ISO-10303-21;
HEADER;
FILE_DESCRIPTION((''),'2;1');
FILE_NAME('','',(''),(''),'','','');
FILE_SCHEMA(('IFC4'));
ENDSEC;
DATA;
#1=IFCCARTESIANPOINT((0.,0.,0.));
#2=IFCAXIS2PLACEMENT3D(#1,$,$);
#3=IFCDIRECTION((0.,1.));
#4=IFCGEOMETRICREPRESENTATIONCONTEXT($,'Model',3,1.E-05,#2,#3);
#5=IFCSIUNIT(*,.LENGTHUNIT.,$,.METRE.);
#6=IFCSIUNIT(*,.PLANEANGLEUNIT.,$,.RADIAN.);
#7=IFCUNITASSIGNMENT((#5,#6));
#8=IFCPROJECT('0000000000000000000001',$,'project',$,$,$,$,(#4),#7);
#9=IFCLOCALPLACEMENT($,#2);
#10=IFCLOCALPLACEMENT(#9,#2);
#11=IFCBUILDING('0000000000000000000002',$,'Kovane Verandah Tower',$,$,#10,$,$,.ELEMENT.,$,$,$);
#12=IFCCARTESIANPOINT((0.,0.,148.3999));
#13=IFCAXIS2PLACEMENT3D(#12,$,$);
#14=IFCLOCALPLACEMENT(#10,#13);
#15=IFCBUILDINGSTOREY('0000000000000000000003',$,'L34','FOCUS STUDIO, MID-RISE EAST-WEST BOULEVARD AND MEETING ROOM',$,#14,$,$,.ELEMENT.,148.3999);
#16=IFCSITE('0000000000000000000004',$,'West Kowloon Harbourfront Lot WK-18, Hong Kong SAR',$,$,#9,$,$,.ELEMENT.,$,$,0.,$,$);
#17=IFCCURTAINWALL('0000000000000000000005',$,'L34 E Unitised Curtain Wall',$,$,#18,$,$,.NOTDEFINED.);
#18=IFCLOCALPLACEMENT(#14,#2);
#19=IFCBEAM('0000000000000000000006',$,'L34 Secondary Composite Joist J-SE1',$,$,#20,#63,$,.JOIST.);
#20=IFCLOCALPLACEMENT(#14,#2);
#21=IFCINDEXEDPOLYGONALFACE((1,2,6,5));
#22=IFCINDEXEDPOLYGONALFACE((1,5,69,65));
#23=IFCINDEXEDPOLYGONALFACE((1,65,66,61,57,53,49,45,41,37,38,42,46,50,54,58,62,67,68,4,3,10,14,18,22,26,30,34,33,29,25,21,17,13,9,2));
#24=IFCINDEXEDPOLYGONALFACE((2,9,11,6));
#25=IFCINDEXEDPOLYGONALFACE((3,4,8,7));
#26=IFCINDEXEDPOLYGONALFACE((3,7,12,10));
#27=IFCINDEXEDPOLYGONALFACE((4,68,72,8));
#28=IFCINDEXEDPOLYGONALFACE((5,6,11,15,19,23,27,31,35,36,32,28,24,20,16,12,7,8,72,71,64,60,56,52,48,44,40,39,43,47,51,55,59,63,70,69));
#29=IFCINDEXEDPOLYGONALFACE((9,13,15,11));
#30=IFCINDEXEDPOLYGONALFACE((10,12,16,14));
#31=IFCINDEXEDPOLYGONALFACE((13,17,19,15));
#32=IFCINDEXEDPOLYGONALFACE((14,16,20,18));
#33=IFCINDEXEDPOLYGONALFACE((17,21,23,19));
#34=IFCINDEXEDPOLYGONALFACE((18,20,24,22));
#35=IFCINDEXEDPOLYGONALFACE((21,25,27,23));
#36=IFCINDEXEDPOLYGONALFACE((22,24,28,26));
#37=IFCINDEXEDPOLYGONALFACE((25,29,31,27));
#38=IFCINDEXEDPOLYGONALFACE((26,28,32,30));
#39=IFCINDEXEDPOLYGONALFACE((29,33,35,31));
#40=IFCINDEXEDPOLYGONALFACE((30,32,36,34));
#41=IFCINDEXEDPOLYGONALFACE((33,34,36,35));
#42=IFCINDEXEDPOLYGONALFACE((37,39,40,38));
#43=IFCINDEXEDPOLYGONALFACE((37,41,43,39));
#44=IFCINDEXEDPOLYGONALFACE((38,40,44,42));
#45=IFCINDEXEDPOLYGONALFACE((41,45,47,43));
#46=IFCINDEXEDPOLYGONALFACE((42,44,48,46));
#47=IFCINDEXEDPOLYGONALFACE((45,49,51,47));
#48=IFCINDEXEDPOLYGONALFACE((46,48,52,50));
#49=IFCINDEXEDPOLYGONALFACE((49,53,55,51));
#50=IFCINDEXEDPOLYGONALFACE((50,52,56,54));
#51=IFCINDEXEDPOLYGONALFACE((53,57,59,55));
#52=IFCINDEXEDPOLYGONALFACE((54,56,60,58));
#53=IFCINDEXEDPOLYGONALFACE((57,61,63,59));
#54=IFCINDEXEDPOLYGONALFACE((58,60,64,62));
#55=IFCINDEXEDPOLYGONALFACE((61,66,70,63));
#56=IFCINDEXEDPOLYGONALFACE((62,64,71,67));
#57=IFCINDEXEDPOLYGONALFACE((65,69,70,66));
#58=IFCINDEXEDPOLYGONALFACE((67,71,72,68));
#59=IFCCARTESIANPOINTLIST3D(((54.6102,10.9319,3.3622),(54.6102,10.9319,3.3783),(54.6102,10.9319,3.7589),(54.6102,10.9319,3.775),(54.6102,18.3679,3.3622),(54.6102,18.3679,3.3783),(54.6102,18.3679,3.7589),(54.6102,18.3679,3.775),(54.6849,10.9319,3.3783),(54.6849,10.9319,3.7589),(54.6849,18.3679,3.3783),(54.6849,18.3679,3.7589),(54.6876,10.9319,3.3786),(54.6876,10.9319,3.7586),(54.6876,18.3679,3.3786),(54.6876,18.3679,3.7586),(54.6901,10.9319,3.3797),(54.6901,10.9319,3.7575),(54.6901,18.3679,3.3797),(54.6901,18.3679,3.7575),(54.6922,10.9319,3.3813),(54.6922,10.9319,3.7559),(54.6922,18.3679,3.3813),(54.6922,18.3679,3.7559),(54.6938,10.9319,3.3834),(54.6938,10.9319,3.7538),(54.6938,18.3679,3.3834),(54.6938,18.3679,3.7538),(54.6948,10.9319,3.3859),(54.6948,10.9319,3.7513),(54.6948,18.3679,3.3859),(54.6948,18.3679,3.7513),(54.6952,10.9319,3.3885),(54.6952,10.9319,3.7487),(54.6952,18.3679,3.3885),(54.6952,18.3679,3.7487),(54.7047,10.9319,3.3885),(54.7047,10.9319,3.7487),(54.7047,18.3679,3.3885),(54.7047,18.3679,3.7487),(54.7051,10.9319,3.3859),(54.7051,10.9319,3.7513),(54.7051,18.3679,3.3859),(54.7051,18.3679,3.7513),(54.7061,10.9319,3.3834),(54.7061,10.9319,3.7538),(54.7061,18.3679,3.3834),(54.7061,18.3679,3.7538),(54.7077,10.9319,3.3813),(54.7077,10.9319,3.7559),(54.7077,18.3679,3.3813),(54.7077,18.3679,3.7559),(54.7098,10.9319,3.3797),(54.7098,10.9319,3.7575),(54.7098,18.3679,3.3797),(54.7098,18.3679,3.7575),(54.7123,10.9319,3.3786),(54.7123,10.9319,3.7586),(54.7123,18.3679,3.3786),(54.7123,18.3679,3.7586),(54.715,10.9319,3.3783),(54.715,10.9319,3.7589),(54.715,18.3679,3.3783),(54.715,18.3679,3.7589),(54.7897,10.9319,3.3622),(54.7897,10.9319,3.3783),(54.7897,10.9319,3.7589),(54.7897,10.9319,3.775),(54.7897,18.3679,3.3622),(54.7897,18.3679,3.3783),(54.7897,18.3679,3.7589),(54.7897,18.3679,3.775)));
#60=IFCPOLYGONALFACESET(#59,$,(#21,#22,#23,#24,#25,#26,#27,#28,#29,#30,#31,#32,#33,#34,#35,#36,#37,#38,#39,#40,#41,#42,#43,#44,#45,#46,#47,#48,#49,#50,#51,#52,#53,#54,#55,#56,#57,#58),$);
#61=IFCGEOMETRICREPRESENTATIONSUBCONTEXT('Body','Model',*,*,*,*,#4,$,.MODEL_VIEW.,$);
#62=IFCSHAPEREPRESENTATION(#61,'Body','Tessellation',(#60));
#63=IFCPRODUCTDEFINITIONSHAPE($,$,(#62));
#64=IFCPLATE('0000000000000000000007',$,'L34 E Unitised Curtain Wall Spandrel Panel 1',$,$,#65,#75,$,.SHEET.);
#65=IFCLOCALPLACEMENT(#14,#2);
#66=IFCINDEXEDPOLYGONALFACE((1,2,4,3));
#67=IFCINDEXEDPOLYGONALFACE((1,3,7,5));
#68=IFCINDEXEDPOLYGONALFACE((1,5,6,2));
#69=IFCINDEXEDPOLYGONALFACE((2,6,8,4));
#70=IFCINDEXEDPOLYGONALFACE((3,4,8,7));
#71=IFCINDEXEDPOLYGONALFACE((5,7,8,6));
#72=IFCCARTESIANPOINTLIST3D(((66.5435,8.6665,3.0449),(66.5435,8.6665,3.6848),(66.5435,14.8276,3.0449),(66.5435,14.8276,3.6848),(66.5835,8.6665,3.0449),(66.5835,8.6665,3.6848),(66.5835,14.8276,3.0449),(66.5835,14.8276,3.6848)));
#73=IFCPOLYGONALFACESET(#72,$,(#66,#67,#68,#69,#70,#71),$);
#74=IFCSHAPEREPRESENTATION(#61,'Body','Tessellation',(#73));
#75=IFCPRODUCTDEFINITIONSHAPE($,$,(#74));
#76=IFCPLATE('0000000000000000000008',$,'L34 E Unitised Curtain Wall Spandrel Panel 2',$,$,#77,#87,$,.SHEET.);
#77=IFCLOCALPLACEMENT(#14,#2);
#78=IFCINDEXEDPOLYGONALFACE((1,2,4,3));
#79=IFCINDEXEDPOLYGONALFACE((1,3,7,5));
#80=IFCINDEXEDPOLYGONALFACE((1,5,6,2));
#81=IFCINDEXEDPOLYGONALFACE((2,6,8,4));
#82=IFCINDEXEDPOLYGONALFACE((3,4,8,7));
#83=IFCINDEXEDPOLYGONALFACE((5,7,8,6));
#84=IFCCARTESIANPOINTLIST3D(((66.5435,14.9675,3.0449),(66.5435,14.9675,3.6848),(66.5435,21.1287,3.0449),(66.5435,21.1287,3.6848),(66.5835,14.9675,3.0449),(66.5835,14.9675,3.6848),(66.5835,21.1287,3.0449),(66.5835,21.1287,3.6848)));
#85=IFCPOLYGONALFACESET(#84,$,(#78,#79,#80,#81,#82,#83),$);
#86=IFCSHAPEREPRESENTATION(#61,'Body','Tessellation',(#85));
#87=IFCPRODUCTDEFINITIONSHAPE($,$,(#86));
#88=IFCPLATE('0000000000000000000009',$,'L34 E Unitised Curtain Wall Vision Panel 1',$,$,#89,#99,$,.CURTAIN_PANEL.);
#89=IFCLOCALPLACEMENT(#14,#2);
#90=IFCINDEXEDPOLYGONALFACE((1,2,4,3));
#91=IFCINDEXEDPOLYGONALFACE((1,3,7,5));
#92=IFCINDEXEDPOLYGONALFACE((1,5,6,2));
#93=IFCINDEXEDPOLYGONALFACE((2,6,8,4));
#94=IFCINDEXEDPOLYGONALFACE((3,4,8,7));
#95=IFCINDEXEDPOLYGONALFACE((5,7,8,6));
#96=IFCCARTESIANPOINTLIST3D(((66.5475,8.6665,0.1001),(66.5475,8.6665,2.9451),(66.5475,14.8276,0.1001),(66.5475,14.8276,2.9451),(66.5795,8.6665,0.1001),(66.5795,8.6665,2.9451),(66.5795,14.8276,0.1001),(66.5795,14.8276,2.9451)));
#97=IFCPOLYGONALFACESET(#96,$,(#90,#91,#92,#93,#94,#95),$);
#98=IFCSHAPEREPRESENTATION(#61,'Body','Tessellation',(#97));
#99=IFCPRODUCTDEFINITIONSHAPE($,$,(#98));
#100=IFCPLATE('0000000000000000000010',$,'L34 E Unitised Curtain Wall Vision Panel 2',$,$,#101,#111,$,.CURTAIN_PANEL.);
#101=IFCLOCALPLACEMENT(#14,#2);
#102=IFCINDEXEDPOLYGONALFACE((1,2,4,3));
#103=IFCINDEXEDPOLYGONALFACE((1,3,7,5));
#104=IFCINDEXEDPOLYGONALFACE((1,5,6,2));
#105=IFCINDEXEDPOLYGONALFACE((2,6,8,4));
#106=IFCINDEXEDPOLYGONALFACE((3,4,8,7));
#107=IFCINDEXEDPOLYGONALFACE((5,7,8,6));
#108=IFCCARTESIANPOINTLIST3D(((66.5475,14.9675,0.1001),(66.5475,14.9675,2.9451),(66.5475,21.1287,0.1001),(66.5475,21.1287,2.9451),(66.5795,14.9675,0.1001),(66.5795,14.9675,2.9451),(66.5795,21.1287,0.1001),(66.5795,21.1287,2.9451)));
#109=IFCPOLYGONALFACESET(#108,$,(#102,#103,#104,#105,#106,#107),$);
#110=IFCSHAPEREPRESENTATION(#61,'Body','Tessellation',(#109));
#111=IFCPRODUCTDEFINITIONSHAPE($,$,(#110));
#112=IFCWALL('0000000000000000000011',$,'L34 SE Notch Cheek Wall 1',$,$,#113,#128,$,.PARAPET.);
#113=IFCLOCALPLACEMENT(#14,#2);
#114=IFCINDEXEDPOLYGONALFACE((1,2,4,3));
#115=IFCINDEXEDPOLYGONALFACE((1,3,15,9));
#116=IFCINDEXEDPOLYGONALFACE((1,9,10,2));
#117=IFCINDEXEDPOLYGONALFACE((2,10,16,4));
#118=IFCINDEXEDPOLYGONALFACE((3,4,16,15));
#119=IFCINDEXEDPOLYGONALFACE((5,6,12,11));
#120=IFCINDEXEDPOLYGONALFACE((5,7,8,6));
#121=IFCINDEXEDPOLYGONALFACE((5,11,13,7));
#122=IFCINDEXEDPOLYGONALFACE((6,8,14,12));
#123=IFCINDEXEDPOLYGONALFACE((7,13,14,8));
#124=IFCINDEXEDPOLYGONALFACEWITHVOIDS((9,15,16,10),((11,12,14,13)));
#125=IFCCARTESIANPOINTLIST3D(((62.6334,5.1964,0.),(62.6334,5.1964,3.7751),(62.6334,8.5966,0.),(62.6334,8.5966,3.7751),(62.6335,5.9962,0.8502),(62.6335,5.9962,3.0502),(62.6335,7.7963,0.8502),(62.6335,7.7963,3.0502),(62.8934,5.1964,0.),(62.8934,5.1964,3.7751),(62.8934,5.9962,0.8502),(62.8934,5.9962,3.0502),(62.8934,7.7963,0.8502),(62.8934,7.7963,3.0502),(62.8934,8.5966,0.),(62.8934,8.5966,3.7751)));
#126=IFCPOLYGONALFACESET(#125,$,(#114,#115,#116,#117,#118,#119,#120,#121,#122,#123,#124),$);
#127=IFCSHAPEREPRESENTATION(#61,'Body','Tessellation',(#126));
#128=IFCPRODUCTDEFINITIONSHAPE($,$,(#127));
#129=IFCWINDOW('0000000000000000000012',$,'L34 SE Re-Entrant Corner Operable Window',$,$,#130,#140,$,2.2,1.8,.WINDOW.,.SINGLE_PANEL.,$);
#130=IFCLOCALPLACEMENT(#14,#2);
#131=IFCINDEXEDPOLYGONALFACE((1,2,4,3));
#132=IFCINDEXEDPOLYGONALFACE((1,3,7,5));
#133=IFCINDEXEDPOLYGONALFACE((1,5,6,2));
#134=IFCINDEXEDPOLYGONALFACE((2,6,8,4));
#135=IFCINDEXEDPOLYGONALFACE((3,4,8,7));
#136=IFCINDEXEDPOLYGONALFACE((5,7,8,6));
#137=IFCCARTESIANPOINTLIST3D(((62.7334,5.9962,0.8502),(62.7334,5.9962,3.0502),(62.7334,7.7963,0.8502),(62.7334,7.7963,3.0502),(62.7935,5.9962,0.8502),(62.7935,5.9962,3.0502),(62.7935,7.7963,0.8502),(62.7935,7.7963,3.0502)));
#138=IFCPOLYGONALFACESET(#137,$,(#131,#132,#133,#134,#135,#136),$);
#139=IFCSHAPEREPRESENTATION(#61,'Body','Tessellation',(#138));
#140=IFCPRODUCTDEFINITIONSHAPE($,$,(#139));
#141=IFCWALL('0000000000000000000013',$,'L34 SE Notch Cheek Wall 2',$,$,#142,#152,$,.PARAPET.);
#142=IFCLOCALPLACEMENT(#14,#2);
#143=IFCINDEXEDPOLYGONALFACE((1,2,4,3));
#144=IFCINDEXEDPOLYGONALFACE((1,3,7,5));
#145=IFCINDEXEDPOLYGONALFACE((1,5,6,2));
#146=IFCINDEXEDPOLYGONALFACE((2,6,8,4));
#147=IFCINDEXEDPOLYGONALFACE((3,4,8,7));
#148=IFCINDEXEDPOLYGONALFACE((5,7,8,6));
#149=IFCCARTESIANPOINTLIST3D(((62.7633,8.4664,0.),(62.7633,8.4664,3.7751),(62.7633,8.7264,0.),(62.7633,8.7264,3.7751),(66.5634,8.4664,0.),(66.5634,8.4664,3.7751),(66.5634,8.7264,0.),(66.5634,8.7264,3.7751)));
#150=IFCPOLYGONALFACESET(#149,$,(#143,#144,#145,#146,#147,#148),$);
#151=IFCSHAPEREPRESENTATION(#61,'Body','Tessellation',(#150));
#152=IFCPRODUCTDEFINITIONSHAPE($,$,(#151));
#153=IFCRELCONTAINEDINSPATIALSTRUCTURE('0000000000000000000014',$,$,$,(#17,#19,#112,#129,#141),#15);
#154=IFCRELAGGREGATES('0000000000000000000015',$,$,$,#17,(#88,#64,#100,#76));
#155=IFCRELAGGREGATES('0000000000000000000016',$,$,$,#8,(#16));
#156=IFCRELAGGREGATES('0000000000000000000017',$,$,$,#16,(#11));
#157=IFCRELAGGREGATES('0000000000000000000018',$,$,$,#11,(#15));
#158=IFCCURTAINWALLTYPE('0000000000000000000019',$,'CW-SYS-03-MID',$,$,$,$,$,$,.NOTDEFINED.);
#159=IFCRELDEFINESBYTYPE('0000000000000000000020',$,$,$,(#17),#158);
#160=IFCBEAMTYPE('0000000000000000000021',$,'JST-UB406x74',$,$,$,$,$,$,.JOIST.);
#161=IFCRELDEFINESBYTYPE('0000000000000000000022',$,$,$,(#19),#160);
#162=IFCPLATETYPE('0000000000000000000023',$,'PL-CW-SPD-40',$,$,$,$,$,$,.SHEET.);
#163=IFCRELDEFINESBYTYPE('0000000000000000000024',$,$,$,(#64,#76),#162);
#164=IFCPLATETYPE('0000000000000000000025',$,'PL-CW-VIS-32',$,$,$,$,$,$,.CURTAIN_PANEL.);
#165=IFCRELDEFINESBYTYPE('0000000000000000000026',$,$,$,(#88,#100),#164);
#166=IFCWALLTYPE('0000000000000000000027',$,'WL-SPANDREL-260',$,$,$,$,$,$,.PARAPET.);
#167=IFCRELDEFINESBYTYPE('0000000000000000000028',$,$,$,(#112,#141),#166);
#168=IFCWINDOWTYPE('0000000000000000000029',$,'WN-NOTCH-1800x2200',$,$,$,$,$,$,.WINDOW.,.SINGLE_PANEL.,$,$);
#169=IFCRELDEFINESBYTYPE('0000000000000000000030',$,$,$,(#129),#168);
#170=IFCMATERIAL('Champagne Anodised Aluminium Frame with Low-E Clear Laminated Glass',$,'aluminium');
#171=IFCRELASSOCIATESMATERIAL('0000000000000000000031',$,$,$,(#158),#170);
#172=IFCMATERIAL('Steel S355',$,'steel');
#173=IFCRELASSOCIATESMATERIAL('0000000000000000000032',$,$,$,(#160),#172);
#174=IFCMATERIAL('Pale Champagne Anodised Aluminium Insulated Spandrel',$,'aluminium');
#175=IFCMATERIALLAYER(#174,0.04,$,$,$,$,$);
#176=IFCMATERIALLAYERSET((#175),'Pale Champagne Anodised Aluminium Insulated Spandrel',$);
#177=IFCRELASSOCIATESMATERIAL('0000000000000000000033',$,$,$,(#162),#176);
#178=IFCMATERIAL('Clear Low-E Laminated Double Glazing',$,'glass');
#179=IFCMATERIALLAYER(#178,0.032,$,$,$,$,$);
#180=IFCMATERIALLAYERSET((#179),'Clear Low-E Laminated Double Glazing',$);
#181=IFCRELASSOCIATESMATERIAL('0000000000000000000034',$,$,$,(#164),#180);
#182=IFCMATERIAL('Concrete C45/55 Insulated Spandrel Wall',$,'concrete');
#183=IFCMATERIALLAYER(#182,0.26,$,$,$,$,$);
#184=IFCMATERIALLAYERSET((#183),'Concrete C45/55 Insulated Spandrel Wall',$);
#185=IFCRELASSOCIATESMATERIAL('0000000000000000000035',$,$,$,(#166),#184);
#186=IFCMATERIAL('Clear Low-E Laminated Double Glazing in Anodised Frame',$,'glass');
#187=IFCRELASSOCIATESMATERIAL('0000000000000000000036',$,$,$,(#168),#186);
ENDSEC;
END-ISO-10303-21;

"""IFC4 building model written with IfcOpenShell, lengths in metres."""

from ifc_helpers import new_model, si_unit, direction, frame, frame_2d, origin, origin_2d, place, context, subcontext, project, spatial, rectangle, i_section, extrude, material, layer, layer_set, material_profile, profile_set, type_object, element, fill, aggregate, save


model = new_model("IFC4")

# Units and contexts
model_context = context("Model", 3, precision=1e-05, world=origin(), true_north=direction((0.0, 1.0)))
body_context = subcontext(model_context, "Body", "Model", "MODEL_VIEW")
ifc_project = project(units=[si_unit("LENGTHUNIT", "METRE"), si_unit("PLANEANGLEUNIT", "RADIAN")], contexts=[model_context])

# Site, building, storey
site_placement = place(None, origin())
site = spatial("IfcSite", under=ifc_project, at=site_placement, Name="West Kowloon Harbourfront Lot WK-18, Hong Kong SAR", CompositionType="ELEMENT", RefElevation=0.0)
building_placement = place(site_placement, origin())
building = spatial("IfcBuilding", under=site, at=building_placement, Name="Kovane Verandah Tower", CompositionType="ELEMENT")
storey_placement = place(building_placement, frame((0.0, 0.0, 148.3999)))
storey = spatial("IfcBuildingStorey", under=building, at=storey_placement, Name="L34", Description="FOCUS STUDIO, MID-RISE EAST-WEST BOULEVARD AND MEETING ROOM", CompositionType="ELEMENT", Elevation=148.3999)

# Shared definitions
ifc_material_1 = material(Name="Steel S355", Category="steel")

# Curtain wall
ifc_material_2 = material(Name="Champagne Anodised Aluminium Frame with Low-E Clear Laminated Glass", Category="aluminium")
curtain_wall_type = type_object("IfcCurtainWallType", Name="CW-SYS-03-MID", PredefinedType="NOTDEFINED", material=ifc_material_2)
curtain_wall_placement = place(storey_placement, origin())
curtain_wall = element("IfcCurtainWall", 1, at=curtain_wall_placement, inside=storey, type_object=curtain_wall_type, Name="L34 E Unitised Curtain Wall", PredefinedType="NOTDEFINED")

# Beam
ifc_material_profile_1 = material_profile(ifc_material_1, i_section(OverallWidth=0.1794, OverallDepth=0.4128, WebThickness=0.0095, FlangeThickness=0.0161, FilletRadius=0.0103, at=origin_2d()), Name="UB406x178x74")
ifc_profile_set_1 = profile_set([ifc_material_profile_1], Name="Steel S355")
beam_type_1 = type_object("IfcBeamType", Name="JST-UB406x74", PredefinedType="JOIST", material=ifc_profile_set_1)
beam_1_placement = place(storey_placement, frame((54.7, 10.9319, 3.5686), z_axis=(0.0, 1.0, 0.0), x_axis=(-1.0, 0.0, 0.0)))
element("IfcBeam", 2, at=beam_1_placement, inside=storey, type_object=beam_type_1, Name="L34 Secondary Composite Joist J-SE1", PredefinedType="JOIST", context=body_context, shape_type="SweptSolid", body=[
    extrude(i_section(OverallWidth=0.1794, OverallDepth=0.4128, WebThickness=0.0095, FlangeThickness=0.0161, FilletRadius=0.0103, at=origin_2d()), origin(), (0.0, 0.0, 1.0), 7.436),
])

# Plates
ifc_material_3 = material(Name="Pale Champagne Anodised Aluminium Insulated Spandrel", Category="aluminium")
ifc_layer_1 = layer(ifc_material_3, 0.04)
ifc_layer_set_1 = layer_set([ifc_layer_1], Name="Pale Champagne Anodised Aluminium Insulated Spandrel")
plate_type_1 = type_object("IfcPlateType", Name="PL-CW-SPD-40", PredefinedType="SHEET", material=ifc_layer_set_1)
plate_1_placement = place(storey_placement, frame((66.5635, 11.7471, 3.0449), z_axis=(0.0, 0.0, 1.0), x_axis=(0.0, 1.0, 0.0)))
plate_1 = element("IfcPlate", 3, at=plate_1_placement, type_object=plate_type_1, Name="L34 E Unitised Curtain Wall Spandrel Panel 1", PredefinedType="SHEET", context=body_context, shape_type="SweptSolid", body=[
    extrude(rectangle(XDim=6.1611, YDim=0.04, at=origin_2d()), origin(), (0.0, 0.0, 1.0), 0.6399),
])
plate_2_placement = place(storey_placement, frame((66.5635, 18.0481, 3.0449), z_axis=(0.0, 0.0, 1.0), x_axis=(0.0, 1.0, 0.0)))
plate_2 = element("IfcPlate", 4, at=plate_2_placement, type_object=plate_type_1, Name="L34 E Unitised Curtain Wall Spandrel Panel 2", PredefinedType="SHEET", context=body_context, shape_type="SweptSolid", body=[
    extrude(rectangle(XDim=6.1611, YDim=0.04, at=origin_2d()), origin(), (0.0, 0.0, 1.0), 0.6399),
])
ifc_material_4 = material(Name="Clear Low-E Laminated Double Glazing", Category="glass")
ifc_layer_2 = layer(ifc_material_4, 0.032)
ifc_layer_set_2 = layer_set([ifc_layer_2], Name="Clear Low-E Laminated Double Glazing")
plate_type_2 = type_object("IfcPlateType", Name="PL-CW-VIS-32", PredefinedType="CURTAIN_PANEL", material=ifc_layer_set_2)
plate_3_placement = place(storey_placement, frame((66.5635, 11.7471, 0.1001), z_axis=(0.0, 0.0, 1.0), x_axis=(0.0, 1.0, 0.0)))
plate_3 = element("IfcPlate", 5, at=plate_3_placement, type_object=plate_type_2, Name="L34 E Unitised Curtain Wall Vision Panel 1", PredefinedType="CURTAIN_PANEL", context=body_context, shape_type="SweptSolid", body=[
    extrude(rectangle(XDim=6.1611, YDim=0.032, at=origin_2d()), origin(), (0.0, 0.0, 1.0), 2.845),
])
plate_4_placement = place(storey_placement, frame((66.5635, 18.0481, 0.1001), z_axis=(0.0, 0.0, 1.0), x_axis=(0.0, 1.0, 0.0)))
plate_4 = element("IfcPlate", 6, at=plate_4_placement, type_object=plate_type_2, Name="L34 E Unitised Curtain Wall Vision Panel 2", PredefinedType="CURTAIN_PANEL", context=body_context, shape_type="SweptSolid", body=[
    extrude(rectangle(XDim=6.1611, YDim=0.032, at=origin_2d()), origin(), (0.0, 0.0, 1.0), 2.845),
])
aggregate(curtain_wall, [plate_3, plate_1, plate_4, plate_2])

# Wall, opening, window
ifc_material_5 = material(Name="Concrete C45/55 Insulated Spandrel Wall", Category="concrete")
ifc_layer_3 = layer(ifc_material_5, 0.26)
ifc_layer_set_3 = layer_set([ifc_layer_3], Name="Concrete C45/55 Insulated Spandrel Wall")
wall_type = type_object("IfcWallType", Name="WL-SPANDREL-260", PredefinedType="PARAPET", material=ifc_layer_set_3)
wall_1_placement = place(storey_placement, frame((62.7634, 5.1963, 0.0), z_axis=(0.0, 0.0, 1.0), x_axis=(0.0, 1.0, 0.0)))
wall_1 = element("IfcWall", 7, at=wall_1_placement, inside=storey, type_object=wall_type, Name="L34 SE Notch Cheek Wall 1", PredefinedType="PARAPET", context=body_context, shape_type="SweptSolid", body=[
    extrude(rectangle(XDim=3.4001, YDim=0.26, at=frame_2d((1.7002, 0.0))), origin(), (0.0, 0.0, 1.0), 3.7751),
])
opening_placement = place(wall_1_placement, frame((0.8, 0.0, 0.8501)))
opening = element("IfcOpeningElement", 8, at=opening_placement, cuts=wall_1, PredefinedType="OPENING", context=body_context, shape_type="SweptSolid", body=[
    extrude(rectangle(XDim=1.8, YDim=2.2, at=frame_2d((0.8999, 1.1001))), frame((0.0, 0.1299, 0.0), z_axis=(0.0, -1.0, 0.0), x_axis=(1.0, 0.0, 0.0)), (0.0, 0.0, 1.0), 0.26),
])
ifc_material_6 = material(Name="Clear Low-E Laminated Double Glazing in Anodised Frame", Category="glass")
window_type = type_object("IfcWindowType", Name="WN-NOTCH-1800x2200", PartitioningType="SINGLE_PANEL", PredefinedType="WINDOW", material=ifc_material_6)
window_placement = place(opening_placement, origin())
window = element("IfcWindow", 9, at=window_placement, inside=storey, type_object=window_type, Name="L34 SE Re-Entrant Corner Operable Window", OverallHeight=2.2, OverallWidth=1.8, PartitioningType="SINGLE_PANEL", PredefinedType="WINDOW", context=body_context, shape_type="SweptSolid", body=[
    extrude(rectangle(XDim=1.8, YDim=2.2, at=frame_2d((0.8999, 1.1001))), frame((0.0, 0.03, 0.0), z_axis=(0.0, -1.0, 0.0), x_axis=(1.0, 0.0, 0.0)), (0.0, 0.0, 1.0), 0.0601),
])
fill(opening, window)

# Wall
wall_2_placement = place(storey_placement, frame((62.7634, 8.5964, 0.0), z_axis=(0.0, 0.0, 1.0), x_axis=(1.0, 0.0, 0.0)))
element("IfcWall", 10, at=wall_2_placement, inside=storey, type_object=wall_type, Name="L34 SE Notch Cheek Wall 2", PredefinedType="PARAPET", context=body_context, shape_type="SweptSolid", body=[
    extrude(rectangle(XDim=3.8, YDim=0.26, at=frame_2d((1.8999, 0.0))), origin(), (0.0, 0.0, 1.0), 3.7751),
])

save(model, "model.ifc")
